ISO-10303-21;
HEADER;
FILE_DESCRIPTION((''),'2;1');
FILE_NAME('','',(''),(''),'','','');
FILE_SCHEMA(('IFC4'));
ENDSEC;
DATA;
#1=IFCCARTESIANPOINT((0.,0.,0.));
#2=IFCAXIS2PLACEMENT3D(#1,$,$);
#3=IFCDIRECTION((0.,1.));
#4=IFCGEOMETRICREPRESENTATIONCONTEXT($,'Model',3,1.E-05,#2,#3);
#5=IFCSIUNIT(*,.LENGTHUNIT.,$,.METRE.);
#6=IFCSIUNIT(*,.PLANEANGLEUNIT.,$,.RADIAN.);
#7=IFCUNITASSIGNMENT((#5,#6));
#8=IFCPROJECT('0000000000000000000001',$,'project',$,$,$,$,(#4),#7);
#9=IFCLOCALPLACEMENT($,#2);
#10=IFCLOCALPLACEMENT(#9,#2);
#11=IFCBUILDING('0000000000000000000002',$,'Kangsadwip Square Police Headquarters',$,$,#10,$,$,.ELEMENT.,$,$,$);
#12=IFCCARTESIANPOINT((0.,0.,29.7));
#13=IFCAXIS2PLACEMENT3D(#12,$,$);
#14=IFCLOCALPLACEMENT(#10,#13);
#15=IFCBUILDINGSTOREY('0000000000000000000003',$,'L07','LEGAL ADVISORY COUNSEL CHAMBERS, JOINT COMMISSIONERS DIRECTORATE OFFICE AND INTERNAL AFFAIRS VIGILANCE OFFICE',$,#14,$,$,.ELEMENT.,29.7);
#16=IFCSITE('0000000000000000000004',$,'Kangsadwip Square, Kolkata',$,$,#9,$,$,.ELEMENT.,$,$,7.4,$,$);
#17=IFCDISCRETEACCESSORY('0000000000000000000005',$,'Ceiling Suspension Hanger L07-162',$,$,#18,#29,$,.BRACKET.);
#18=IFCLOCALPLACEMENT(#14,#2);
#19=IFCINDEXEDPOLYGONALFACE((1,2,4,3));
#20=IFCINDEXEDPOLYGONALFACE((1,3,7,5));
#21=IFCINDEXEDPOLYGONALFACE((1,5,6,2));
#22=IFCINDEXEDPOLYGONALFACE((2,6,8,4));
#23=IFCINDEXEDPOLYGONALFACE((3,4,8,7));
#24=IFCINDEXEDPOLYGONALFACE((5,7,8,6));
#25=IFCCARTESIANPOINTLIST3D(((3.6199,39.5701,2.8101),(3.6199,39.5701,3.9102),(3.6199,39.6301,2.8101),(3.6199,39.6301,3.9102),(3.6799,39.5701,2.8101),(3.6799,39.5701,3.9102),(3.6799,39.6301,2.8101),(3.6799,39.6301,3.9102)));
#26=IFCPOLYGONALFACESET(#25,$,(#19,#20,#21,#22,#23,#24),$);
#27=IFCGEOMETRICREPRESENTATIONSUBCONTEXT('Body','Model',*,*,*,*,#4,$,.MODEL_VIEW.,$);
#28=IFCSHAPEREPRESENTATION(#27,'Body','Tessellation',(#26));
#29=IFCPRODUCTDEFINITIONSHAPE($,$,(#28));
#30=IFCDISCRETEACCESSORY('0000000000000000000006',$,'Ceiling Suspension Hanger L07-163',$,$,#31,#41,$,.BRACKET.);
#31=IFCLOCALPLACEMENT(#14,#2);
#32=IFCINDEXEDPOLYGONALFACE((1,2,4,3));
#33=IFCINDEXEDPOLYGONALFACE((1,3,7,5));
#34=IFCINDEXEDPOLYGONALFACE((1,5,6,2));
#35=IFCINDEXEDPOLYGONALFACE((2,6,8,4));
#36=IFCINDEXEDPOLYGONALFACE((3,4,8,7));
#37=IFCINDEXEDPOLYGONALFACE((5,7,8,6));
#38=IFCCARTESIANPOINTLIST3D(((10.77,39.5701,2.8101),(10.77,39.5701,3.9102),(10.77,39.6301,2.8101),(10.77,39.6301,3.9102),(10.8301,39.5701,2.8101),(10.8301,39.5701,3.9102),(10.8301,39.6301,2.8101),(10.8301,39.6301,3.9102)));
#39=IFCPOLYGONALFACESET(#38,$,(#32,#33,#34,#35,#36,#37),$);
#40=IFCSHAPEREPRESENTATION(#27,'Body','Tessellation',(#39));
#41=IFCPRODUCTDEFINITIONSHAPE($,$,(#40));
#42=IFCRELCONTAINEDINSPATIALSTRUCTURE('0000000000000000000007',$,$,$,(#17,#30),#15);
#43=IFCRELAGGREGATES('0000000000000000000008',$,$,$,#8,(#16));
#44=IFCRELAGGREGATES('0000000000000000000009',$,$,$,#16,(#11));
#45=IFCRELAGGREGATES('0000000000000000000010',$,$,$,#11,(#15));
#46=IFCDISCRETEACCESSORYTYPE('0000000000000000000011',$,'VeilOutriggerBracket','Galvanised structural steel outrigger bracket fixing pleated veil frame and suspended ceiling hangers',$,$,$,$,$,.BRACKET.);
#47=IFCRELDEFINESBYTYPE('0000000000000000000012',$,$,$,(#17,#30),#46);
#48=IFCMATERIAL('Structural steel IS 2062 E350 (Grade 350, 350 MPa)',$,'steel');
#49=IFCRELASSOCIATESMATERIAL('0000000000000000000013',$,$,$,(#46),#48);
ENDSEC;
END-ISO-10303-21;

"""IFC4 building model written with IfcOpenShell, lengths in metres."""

from ifc_helpers import new_model, si_unit, direction, frame, origin, origin_2d, place, context, subcontext, project, spatial, rectangle, extrude, material, type_object, element, save


model = new_model("IFC4")

# Units and contexts
model_context = context("Model", 3, precision=1e-05, world=origin(), true_north=direction((0.0, 1.0)))
body_context = subcontext(model_context, "Body", "Model", "MODEL_VIEW")
ifc_project = project(units=[si_unit("LENGTHUNIT", "METRE"), si_unit("PLANEANGLEUNIT", "RADIAN")], contexts=[model_context])

# Site, building, storey
site_placement = place(None, origin())
site = spatial("IfcSite", under=ifc_project, at=site_placement, Name="Kangsadwip Square, Kolkata", CompositionType="ELEMENT", RefElevation=7.4)
building_placement = place(site_placement, origin())
building = spatial("IfcBuilding", under=site, at=building_placement, Name="Kangsadwip Square Police Headquarters", CompositionType="ELEMENT")
storey_placement = place(building_placement, frame((0.0, 0.0, 29.7)))
storey = spatial("IfcBuildingStorey", under=building, at=storey_placement, Name="L07", Description="LEGAL ADVISORY COUNSEL CHAMBERS, JOINT COMMISSIONERS DIRECTORATE OFFICE AND INTERNAL AFFAIRS VIGILANCE OFFICE", CompositionType="ELEMENT", Elevation=29.7)

# Discrete accessories
ifc_material_1 = material(Name="Structural steel IS 2062 E350 (Grade 350, 350 MPa)", Category="steel")
discrete_accessory_type = type_object("IfcDiscreteAccessoryType", Name="VeilOutriggerBracket", Description="Galvanised structural steel outrigger bracket fixing pleated veil frame and suspended ceiling hangers", PredefinedType="BRACKET", material=ifc_material_1)
for number, where, z_axis, x_axis, name in (
    (1, (3.6499, 39.6001, 2.8101), (0.0, 0.0, 1.0), (1.0, 0.0, 0.0), "Ceiling Suspension Hanger L07-162"),
    (2, (10.8, 39.6001, 2.8101), (0.0, 0.0, 1.0), (1.0, 0.0, 0.0), "Ceiling Suspension Hanger L07-163"),
):
    element("IfcDiscreteAccessory", number, at=place(storey_placement, frame(where, z_axis=z_axis, x_axis=x_axis)), inside=storey, type_object=discrete_accessory_type, Name=name, PredefinedType="BRACKET", context=body_context, shape_type="SweptSolid", body=[
        extrude(rectangle(XDim=0.0601, YDim=0.0601, at=origin_2d()), origin(), (0.0, 0.0, 1.0), 1.1001),
    ])

save(model, "model.ifc")
